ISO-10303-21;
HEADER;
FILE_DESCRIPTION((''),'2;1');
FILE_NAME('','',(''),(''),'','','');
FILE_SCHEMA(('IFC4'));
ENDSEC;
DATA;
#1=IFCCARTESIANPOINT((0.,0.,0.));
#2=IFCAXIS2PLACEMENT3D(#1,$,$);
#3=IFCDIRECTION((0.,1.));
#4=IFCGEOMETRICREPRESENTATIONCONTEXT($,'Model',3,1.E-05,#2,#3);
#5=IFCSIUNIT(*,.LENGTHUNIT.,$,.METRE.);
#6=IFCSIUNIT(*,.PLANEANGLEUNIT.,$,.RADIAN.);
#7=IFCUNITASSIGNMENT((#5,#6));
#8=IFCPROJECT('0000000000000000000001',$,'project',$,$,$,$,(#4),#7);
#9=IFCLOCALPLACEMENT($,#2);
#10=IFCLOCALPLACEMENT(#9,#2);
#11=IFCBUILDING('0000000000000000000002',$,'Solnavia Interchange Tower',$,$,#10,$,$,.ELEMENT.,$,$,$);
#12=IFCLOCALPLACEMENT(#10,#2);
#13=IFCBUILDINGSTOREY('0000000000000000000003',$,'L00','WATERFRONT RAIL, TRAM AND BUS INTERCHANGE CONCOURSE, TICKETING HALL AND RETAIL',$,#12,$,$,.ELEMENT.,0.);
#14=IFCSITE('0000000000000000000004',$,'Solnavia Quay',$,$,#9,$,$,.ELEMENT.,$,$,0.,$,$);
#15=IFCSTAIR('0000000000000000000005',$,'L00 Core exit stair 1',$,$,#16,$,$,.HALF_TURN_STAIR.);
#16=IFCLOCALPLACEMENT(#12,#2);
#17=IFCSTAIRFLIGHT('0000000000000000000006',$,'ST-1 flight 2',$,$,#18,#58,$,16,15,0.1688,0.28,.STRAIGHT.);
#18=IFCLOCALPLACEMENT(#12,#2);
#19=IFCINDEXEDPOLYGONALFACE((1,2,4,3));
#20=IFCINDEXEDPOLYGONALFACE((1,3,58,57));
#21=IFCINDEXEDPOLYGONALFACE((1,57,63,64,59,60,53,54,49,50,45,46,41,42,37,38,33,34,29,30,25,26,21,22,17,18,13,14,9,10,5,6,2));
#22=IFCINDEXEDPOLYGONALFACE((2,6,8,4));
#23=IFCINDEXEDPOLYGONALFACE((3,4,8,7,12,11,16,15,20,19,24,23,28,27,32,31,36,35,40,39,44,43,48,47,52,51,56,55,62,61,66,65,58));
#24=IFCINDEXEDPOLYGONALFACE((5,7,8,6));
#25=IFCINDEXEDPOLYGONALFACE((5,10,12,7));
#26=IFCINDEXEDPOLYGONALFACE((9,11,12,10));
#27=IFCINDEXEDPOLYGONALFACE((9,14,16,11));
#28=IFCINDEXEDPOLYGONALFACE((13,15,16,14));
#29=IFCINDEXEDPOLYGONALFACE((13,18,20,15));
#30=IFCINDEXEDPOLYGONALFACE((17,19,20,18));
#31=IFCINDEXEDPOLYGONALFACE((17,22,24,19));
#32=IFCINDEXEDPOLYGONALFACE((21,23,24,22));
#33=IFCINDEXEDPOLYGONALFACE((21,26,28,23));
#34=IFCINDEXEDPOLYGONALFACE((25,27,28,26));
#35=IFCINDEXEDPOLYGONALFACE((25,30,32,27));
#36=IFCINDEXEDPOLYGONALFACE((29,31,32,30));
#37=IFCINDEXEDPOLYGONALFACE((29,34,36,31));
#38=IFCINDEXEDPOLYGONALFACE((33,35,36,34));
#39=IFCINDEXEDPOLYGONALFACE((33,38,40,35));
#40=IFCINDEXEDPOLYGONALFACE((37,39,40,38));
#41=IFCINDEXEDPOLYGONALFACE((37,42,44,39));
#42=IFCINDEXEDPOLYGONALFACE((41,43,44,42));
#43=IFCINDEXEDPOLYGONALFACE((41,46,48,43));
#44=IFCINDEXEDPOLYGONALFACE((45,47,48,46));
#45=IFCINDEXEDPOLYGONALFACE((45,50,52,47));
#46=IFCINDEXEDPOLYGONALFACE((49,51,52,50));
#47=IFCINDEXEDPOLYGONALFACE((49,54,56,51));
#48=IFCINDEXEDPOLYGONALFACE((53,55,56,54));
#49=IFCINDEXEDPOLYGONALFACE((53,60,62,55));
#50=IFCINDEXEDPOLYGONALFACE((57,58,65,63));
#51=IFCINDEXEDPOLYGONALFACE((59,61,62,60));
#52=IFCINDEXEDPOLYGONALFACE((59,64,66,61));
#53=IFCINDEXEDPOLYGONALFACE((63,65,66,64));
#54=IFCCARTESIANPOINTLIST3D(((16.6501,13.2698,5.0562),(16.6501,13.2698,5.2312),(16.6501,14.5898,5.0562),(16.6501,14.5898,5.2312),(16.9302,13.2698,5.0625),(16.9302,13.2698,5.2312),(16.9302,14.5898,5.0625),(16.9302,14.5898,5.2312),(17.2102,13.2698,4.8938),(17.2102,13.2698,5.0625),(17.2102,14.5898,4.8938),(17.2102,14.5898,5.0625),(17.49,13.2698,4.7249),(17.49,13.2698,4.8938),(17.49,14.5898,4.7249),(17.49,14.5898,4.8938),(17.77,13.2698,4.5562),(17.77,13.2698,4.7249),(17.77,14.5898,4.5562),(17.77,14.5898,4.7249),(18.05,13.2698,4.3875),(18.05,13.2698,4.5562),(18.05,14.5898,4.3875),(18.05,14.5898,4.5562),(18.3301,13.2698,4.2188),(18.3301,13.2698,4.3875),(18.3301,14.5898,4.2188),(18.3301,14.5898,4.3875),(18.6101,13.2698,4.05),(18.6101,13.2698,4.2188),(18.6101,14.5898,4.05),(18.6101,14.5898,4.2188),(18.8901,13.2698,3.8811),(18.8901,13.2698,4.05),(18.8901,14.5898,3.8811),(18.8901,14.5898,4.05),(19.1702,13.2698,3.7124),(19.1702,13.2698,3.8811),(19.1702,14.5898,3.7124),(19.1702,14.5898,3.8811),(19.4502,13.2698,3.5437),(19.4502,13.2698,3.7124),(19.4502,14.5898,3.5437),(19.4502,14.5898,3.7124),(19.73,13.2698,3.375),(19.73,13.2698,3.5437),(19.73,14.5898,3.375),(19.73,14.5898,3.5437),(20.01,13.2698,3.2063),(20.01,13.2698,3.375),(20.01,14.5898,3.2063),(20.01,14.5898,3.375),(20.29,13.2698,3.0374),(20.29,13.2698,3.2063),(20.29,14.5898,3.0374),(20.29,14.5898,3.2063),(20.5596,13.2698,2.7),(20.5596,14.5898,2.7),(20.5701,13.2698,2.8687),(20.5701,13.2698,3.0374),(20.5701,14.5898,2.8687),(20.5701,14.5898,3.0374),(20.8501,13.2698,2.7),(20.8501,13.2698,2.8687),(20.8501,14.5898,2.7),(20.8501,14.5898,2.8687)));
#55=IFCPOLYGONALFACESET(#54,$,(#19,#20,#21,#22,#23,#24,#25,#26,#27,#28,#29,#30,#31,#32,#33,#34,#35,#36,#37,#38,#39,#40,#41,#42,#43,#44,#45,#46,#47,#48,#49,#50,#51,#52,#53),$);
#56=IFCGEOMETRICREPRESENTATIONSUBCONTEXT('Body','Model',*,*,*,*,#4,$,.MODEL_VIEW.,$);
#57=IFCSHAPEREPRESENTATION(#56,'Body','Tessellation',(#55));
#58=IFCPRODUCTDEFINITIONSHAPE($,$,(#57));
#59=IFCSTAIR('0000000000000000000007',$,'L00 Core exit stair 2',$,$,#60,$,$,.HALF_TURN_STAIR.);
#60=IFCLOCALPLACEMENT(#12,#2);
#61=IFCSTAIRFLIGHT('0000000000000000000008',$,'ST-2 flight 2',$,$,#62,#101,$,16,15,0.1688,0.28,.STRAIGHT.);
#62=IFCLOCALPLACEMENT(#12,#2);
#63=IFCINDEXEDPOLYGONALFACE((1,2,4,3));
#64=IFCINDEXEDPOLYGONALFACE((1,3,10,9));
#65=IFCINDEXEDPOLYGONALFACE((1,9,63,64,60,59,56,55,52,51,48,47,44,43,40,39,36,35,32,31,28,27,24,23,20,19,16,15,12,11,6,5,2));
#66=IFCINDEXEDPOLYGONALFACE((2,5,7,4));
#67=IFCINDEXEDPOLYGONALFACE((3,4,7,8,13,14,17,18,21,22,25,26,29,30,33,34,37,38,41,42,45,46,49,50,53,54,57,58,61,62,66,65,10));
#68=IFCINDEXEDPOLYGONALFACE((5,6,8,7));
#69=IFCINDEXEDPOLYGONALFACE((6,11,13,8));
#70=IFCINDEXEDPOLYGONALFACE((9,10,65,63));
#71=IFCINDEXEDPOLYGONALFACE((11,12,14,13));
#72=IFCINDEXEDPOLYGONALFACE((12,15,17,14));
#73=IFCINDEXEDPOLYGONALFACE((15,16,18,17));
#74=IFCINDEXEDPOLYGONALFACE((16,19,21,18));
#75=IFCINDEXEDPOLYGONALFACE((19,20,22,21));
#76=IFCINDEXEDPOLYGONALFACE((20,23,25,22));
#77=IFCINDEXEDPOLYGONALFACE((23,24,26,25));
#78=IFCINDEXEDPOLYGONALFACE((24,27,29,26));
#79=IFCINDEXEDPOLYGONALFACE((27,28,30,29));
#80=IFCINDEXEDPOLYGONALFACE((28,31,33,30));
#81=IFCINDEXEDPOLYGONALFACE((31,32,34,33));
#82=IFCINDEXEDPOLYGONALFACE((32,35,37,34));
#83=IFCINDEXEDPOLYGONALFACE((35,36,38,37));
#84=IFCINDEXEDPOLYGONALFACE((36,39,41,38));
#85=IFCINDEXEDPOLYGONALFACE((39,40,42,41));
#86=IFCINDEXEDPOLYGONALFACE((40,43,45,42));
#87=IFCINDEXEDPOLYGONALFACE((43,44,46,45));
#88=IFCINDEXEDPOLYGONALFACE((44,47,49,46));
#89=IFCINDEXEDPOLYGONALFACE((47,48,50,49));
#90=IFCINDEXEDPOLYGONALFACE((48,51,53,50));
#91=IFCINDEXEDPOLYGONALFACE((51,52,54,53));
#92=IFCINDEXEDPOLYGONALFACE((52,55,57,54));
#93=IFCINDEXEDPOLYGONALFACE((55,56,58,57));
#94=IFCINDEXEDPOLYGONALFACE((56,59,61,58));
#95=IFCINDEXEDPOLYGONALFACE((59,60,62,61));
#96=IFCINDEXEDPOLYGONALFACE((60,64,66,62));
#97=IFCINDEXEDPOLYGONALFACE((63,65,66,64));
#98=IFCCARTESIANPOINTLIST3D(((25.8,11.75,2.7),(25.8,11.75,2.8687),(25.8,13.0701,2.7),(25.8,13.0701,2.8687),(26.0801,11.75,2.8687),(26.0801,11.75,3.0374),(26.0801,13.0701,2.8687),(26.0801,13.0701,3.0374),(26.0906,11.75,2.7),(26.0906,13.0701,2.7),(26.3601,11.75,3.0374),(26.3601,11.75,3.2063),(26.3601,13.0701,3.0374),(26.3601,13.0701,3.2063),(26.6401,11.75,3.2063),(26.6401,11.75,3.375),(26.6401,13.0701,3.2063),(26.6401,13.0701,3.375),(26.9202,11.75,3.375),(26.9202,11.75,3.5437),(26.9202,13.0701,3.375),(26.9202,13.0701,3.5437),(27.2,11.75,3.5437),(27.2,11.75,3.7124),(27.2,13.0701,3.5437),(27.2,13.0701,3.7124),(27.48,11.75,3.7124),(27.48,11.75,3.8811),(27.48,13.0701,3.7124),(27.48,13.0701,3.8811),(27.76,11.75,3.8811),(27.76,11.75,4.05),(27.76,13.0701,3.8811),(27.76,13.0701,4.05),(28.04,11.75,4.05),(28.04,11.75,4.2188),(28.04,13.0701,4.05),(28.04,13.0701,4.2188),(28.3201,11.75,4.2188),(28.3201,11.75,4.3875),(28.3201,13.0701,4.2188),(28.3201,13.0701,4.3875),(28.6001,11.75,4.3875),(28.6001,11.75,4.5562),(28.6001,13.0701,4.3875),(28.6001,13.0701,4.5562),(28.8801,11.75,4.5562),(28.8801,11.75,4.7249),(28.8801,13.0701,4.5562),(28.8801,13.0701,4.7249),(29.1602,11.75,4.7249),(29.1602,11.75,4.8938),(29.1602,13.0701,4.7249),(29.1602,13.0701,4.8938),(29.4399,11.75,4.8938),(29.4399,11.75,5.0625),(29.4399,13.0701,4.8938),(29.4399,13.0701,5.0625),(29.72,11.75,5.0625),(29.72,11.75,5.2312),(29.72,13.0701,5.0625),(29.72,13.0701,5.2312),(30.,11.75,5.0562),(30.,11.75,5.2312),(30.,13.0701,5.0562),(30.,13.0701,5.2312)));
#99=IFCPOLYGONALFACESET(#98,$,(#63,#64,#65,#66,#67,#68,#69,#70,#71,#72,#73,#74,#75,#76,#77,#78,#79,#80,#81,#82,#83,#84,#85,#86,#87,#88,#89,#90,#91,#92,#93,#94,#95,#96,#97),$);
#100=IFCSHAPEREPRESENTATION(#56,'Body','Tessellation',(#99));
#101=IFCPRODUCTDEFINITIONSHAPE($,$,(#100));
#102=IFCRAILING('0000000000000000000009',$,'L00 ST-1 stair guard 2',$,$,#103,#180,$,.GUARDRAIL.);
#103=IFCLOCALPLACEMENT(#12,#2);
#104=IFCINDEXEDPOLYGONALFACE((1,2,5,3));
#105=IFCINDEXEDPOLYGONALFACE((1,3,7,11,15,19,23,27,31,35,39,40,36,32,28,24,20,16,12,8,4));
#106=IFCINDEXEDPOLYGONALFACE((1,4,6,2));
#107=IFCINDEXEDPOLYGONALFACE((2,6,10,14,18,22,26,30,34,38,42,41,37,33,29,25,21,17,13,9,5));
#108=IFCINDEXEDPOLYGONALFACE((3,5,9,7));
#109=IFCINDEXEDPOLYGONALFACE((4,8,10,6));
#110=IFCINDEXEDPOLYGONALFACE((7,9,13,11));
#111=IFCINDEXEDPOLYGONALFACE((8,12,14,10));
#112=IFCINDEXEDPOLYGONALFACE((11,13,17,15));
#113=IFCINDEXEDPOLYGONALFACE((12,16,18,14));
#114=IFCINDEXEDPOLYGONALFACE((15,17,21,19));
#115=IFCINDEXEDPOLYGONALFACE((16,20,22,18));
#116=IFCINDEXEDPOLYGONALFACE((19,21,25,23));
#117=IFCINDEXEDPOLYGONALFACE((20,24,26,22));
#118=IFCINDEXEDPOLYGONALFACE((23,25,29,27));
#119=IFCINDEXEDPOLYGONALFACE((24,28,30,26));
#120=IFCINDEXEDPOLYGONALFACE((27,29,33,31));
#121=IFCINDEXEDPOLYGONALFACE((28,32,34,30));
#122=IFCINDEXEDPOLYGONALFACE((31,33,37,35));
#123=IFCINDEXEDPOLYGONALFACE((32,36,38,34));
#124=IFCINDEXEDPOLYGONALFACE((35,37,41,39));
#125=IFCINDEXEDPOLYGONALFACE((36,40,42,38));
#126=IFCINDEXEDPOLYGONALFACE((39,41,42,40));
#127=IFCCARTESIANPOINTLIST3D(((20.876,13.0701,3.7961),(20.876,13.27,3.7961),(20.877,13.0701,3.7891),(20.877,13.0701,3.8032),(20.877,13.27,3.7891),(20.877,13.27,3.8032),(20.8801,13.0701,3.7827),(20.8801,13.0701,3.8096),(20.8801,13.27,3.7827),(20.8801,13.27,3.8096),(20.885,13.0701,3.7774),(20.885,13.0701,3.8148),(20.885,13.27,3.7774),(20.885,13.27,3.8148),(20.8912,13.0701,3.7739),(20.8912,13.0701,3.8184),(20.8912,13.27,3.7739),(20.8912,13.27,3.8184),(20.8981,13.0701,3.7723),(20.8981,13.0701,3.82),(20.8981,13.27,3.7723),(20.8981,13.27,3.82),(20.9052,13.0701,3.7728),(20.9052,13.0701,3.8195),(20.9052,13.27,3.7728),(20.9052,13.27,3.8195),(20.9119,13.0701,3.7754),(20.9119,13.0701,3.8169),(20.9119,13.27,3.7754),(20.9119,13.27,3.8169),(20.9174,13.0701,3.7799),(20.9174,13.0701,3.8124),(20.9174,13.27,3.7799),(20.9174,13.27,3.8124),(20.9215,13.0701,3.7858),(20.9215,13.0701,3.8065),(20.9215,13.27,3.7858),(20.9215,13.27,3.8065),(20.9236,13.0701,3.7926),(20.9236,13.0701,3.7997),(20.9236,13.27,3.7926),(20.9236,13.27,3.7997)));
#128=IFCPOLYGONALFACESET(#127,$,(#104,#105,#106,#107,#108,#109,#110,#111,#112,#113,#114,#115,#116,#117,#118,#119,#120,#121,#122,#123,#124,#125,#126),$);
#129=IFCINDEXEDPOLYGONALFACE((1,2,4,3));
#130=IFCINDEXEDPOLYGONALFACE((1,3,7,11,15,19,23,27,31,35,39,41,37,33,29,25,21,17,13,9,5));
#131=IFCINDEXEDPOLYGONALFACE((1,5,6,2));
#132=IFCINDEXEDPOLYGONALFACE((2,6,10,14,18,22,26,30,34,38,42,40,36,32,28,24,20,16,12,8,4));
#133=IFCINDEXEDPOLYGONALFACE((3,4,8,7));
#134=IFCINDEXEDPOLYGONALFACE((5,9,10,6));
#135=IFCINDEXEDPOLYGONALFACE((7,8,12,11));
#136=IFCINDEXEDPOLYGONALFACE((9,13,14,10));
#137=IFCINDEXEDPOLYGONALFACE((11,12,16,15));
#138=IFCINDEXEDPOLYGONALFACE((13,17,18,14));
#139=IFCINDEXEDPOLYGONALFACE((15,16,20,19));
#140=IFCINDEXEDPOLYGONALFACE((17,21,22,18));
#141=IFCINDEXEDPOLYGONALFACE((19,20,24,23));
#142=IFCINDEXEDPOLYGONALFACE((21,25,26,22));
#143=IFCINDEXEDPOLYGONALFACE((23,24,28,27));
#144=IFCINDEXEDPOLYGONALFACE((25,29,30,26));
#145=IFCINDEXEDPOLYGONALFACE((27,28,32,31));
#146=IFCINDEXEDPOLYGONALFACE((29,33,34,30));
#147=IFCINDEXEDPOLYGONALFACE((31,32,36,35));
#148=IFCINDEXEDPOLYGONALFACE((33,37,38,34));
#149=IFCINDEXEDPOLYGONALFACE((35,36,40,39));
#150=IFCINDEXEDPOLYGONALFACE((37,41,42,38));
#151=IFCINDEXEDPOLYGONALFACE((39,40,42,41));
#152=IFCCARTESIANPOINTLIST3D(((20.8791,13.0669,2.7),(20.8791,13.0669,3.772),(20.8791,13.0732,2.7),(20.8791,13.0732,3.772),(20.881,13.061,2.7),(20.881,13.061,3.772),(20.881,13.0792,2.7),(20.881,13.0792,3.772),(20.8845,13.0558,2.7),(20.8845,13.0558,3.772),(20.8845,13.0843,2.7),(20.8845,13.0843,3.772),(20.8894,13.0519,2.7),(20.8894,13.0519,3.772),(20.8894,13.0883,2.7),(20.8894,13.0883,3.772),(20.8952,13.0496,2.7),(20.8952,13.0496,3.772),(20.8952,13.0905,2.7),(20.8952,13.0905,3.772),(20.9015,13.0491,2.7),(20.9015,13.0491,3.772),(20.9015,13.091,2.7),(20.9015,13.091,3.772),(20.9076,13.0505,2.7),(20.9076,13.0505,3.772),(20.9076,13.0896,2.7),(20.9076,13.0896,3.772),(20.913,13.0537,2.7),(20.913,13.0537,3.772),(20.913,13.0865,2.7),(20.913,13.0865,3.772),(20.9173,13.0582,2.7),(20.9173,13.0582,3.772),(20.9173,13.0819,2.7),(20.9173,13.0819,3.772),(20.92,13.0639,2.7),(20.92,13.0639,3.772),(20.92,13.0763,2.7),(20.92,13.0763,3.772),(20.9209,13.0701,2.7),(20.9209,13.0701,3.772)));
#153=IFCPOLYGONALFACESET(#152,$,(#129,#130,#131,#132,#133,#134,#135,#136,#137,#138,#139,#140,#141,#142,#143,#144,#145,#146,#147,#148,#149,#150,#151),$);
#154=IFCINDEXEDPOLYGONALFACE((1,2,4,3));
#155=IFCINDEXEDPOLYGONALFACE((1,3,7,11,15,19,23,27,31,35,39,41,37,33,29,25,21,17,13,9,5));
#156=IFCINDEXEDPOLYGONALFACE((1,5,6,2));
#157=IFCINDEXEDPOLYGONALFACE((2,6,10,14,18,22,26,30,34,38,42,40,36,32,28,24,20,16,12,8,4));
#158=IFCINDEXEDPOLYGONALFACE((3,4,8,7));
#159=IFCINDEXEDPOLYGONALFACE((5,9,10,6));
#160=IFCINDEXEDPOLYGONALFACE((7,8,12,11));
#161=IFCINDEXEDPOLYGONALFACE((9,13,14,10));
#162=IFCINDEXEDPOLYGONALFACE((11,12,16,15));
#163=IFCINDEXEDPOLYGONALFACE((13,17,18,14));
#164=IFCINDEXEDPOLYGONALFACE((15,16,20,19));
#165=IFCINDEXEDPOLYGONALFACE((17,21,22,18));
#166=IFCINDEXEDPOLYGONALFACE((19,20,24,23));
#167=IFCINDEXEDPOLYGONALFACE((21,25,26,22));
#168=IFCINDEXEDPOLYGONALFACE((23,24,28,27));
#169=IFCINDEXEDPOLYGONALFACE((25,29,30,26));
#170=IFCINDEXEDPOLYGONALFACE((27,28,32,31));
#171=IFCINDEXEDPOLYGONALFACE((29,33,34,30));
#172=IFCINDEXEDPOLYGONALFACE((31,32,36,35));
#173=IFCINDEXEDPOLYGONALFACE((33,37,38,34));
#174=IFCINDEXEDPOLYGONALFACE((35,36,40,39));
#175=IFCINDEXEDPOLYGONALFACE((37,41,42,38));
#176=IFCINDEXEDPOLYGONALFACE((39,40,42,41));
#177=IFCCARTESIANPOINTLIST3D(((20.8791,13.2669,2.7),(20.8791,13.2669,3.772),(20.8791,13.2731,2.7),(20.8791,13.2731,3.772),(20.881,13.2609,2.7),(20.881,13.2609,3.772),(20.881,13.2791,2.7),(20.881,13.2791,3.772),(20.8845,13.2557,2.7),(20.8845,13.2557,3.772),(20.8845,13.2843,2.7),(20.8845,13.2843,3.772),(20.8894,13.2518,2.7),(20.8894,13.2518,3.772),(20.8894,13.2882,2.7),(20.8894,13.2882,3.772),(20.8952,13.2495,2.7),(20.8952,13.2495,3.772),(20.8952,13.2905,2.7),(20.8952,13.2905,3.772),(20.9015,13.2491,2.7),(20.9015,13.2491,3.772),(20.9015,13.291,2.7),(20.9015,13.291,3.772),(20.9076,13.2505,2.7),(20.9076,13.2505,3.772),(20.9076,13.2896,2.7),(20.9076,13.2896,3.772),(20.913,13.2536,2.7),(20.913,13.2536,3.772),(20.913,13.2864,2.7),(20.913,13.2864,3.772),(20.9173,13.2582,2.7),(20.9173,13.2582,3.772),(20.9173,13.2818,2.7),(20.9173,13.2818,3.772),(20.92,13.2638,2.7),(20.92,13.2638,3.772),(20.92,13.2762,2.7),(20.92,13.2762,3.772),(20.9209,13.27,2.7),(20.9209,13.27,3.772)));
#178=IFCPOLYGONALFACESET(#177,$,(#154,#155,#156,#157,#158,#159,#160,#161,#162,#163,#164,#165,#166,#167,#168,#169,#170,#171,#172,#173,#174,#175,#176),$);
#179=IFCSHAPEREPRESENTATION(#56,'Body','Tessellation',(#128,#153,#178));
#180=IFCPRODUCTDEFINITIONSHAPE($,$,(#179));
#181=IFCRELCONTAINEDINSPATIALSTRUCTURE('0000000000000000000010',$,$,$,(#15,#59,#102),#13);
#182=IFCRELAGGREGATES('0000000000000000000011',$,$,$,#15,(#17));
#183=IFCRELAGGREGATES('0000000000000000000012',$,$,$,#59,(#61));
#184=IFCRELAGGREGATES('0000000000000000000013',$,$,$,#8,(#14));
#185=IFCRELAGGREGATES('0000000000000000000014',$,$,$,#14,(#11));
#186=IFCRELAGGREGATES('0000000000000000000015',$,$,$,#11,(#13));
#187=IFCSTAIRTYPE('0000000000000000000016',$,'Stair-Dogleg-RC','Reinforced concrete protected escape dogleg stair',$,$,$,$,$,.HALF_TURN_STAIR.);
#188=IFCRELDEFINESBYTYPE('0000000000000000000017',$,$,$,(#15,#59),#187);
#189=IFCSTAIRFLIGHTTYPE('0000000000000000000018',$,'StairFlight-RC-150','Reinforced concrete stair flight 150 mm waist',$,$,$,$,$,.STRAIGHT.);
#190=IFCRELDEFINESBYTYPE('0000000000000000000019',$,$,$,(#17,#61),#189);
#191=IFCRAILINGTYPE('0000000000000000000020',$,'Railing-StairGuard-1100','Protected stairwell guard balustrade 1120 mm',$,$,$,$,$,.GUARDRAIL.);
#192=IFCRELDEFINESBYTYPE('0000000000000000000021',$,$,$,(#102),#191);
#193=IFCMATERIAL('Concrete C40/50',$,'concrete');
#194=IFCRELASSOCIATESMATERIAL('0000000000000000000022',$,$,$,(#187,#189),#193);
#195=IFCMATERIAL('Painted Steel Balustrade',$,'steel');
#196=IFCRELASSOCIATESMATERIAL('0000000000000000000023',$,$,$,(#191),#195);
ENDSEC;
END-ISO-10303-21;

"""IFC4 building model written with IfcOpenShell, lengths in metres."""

from ifc_helpers import new_model, si_unit, direction, frame, origin, origin_2d, place, context, subcontext, project, spatial, polyline, circle, outline, extrude, material, type_object, element, aggregate, save


model = new_model("IFC4")

# Units and contexts
model_context = context("Model", 3, precision=1e-05, world=origin(), true_north=direction((0.0, 1.0)))
body_context = subcontext(model_context, "Body", "Model", "MODEL_VIEW")
ifc_project = project(units=[si_unit("LENGTHUNIT", "METRE"), si_unit("PLANEANGLEUNIT", "RADIAN")], contexts=[model_context])

# Site, building, storey
site_placement = place(None, origin())
site = spatial("IfcSite", under=ifc_project, at=site_placement, Name="Solnavia Quay", CompositionType="ELEMENT", RefElevation=0.0)
building_placement = place(site_placement, origin())
building = spatial("IfcBuilding", under=site, at=building_placement, Name="Solnavia Interchange Tower", CompositionType="ELEMENT")
storey_placement = place(building_placement, origin())
storey = spatial("IfcBuildingStorey", under=building, at=storey_placement, Name="L00", Description="WATERFRONT RAIL, TRAM AND BUS INTERCHANGE CONCOURSE, TICKETING HALL AND RETAIL", CompositionType="ELEMENT", Elevation=0.0)

# Shared definitions
ifc_material_1 = material(Name="Concrete C40/50", Category="concrete")

# Stairs, stair flights
stair_type = type_object("IfcStairType", Name="Stair-Dogleg-RC", Description="Reinforced concrete protected escape dogleg stair", PredefinedType="HALF_TURN_STAIR", material=ifc_material_1)
stair_1_placement = place(storey_placement, origin())
stair_1 = element("IfcStair", 1, at=stair_1_placement, inside=storey, type_object=stair_type, Name="L00 Core exit stair 1", PredefinedType="HALF_TURN_STAIR")
stair_flight_type = type_object("IfcStairFlightType", Name="StairFlight-RC-150", Description="Reinforced concrete stair flight 150 mm waist", PredefinedType="STRAIGHT", material=ifc_material_1)
stair_flight_1_placement = place(storey_placement, frame((20.8501, 13.9299, 2.7), z_axis=(0.0, 0.0, 1.0), x_axis=(-1.0, 0.0, 0.0)))
stair_flight_1 = element("IfcStairFlight", 2, at=stair_flight_1_placement, type_object=stair_flight_type, Name="ST-1 flight 2", NumberOfRisers=16, NumberOfTreads=15, PredefinedType="STRAIGHT", RiserHeight=0.1688, TreadLength=0.28, context=body_context, shape_type="SweptSolid", body=[
    extrude(outline(polyline([(0.0, 0.0), (0.0, 0.1687), (0.28, 0.1687), (0.28, 0.3374), (0.5601, 0.3374), (0.5601, 0.5063), (0.8401, 0.5063), (0.8401, 0.675), (1.1201, 0.675), (1.1201, 0.8438), (1.3999, 0.8438), (1.3999, 1.0125), (1.6799, 1.0125), (1.6799, 1.1812), (1.96, 1.1812), (1.96, 1.3501), (2.24, 1.3501), (2.24, 1.5188), (2.52, 1.5188), (2.52, 1.6875), (2.8, 1.6875), (2.8, 1.8562), (3.0801, 1.8562), (3.0801, 2.0249), (3.3601, 2.0249), (3.3601, 2.1938), (3.6399, 2.1938), (3.6399, 2.3625), (3.9199, 2.3625), (3.9199, 2.5312), (4.2, 2.5312), (4.2, 2.7), (4.2, 2.3562), (0.2905, 0.0), (0.0, 0.0)])), frame((0.0, 0.6602, 0.0), z_axis=(0.0, -1.0, 0.0), x_axis=(1.0, 0.0, 0.0)), (0.0, 0.0, 1.0), 1.3201),
])
aggregate(stair_1, [stair_flight_1])
stair_2_placement = place(storey_placement, origin())
stair_2 = element("IfcStair", 3, at=stair_2_placement, inside=storey, type_object=stair_type, Name="L00 Core exit stair 2", PredefinedType="HALF_TURN_STAIR")
stair_flight_2_placement = place(storey_placement, frame((25.8, 12.4099, 2.7), z_axis=(0.0, 0.0, 1.0), x_axis=(1.0, 0.0, 0.0)))
stair_flight_2 = element("IfcStairFlight", 4, at=stair_flight_2_placement, type_object=stair_flight_type, Name="ST-2 flight 2", NumberOfRisers=16, NumberOfTreads=15, PredefinedType="STRAIGHT", RiserHeight=0.1688, TreadLength=0.28, context=body_context, shape_type="SweptSolid", body=[
    extrude(outline(polyline([(0.0, 0.0), (0.0, 0.1687), (0.28, 0.1687), (0.28, 0.3374), (0.5601, 0.3374), (0.5601, 0.5063), (0.8401, 0.5063), (0.8401, 0.675), (1.1201, 0.675), (1.1201, 0.8438), (1.3999, 0.8438), (1.3999, 1.0125), (1.6799, 1.0125), (1.6799, 1.1812), (1.96, 1.1812), (1.96, 1.3501), (2.24, 1.3501), (2.24, 1.5188), (2.52, 1.5188), (2.52, 1.6875), (2.8, 1.6875), (2.8, 1.8562), (3.0801, 1.8562), (3.0801, 2.0249), (3.3601, 2.0249), (3.3601, 2.1938), (3.6399, 2.1938), (3.6399, 2.3625), (3.9199, 2.3625), (3.9199, 2.5312), (4.2, 2.5312), (4.2, 2.7), (4.2, 2.3562), (0.2905, 0.0), (0.0, 0.0)])), frame((0.0, 0.6602, 0.0), z_axis=(0.0, -1.0, 0.0), x_axis=(1.0, 0.0, 0.0)), (0.0, 0.0, 1.0), 1.3201),
])
aggregate(stair_2, [stair_flight_2])

# Railing
ifc_material_2 = material(Name="Painted Steel Balustrade", Category="steel")
railing_type_1 = type_object("IfcRailingType", Name="Railing-StairGuard-1100", Description="Protected stairwell guard balustrade 1120 mm", PredefinedType="GUARDRAIL", material=ifc_material_2)
railing_1_placement = place(storey_placement, frame((20.8999, 13.0701, 2.7)))
element("IfcRailing", 5, at=railing_1_placement, inside=storey, type_object=railing_type_1, Name="L00 ST-1 stair guard 2", PredefinedType="GUARDRAIL", context=body_context, shape_type="SweptSolid", body=[
    extrude(circle(Radius=0.0239, at=origin_2d()), frame((0.0, 0.0, 1.0962), z_axis=(0.0, 1.0, 0.0), x_axis=(-1.0, 0.0, 0.0)), (0.0, 0.0, 1.0), 0.2),
    extrude(circle(Radius=0.021, at=origin_2d()), origin(), (0.0, 0.0, 1.0), 1.072),
    extrude(circle(Radius=0.021, at=origin_2d()), frame((0.0, 0.2, 0.0)), (0.0, 0.0, 1.0), 1.072),
])

save(model, "model.ifc")
